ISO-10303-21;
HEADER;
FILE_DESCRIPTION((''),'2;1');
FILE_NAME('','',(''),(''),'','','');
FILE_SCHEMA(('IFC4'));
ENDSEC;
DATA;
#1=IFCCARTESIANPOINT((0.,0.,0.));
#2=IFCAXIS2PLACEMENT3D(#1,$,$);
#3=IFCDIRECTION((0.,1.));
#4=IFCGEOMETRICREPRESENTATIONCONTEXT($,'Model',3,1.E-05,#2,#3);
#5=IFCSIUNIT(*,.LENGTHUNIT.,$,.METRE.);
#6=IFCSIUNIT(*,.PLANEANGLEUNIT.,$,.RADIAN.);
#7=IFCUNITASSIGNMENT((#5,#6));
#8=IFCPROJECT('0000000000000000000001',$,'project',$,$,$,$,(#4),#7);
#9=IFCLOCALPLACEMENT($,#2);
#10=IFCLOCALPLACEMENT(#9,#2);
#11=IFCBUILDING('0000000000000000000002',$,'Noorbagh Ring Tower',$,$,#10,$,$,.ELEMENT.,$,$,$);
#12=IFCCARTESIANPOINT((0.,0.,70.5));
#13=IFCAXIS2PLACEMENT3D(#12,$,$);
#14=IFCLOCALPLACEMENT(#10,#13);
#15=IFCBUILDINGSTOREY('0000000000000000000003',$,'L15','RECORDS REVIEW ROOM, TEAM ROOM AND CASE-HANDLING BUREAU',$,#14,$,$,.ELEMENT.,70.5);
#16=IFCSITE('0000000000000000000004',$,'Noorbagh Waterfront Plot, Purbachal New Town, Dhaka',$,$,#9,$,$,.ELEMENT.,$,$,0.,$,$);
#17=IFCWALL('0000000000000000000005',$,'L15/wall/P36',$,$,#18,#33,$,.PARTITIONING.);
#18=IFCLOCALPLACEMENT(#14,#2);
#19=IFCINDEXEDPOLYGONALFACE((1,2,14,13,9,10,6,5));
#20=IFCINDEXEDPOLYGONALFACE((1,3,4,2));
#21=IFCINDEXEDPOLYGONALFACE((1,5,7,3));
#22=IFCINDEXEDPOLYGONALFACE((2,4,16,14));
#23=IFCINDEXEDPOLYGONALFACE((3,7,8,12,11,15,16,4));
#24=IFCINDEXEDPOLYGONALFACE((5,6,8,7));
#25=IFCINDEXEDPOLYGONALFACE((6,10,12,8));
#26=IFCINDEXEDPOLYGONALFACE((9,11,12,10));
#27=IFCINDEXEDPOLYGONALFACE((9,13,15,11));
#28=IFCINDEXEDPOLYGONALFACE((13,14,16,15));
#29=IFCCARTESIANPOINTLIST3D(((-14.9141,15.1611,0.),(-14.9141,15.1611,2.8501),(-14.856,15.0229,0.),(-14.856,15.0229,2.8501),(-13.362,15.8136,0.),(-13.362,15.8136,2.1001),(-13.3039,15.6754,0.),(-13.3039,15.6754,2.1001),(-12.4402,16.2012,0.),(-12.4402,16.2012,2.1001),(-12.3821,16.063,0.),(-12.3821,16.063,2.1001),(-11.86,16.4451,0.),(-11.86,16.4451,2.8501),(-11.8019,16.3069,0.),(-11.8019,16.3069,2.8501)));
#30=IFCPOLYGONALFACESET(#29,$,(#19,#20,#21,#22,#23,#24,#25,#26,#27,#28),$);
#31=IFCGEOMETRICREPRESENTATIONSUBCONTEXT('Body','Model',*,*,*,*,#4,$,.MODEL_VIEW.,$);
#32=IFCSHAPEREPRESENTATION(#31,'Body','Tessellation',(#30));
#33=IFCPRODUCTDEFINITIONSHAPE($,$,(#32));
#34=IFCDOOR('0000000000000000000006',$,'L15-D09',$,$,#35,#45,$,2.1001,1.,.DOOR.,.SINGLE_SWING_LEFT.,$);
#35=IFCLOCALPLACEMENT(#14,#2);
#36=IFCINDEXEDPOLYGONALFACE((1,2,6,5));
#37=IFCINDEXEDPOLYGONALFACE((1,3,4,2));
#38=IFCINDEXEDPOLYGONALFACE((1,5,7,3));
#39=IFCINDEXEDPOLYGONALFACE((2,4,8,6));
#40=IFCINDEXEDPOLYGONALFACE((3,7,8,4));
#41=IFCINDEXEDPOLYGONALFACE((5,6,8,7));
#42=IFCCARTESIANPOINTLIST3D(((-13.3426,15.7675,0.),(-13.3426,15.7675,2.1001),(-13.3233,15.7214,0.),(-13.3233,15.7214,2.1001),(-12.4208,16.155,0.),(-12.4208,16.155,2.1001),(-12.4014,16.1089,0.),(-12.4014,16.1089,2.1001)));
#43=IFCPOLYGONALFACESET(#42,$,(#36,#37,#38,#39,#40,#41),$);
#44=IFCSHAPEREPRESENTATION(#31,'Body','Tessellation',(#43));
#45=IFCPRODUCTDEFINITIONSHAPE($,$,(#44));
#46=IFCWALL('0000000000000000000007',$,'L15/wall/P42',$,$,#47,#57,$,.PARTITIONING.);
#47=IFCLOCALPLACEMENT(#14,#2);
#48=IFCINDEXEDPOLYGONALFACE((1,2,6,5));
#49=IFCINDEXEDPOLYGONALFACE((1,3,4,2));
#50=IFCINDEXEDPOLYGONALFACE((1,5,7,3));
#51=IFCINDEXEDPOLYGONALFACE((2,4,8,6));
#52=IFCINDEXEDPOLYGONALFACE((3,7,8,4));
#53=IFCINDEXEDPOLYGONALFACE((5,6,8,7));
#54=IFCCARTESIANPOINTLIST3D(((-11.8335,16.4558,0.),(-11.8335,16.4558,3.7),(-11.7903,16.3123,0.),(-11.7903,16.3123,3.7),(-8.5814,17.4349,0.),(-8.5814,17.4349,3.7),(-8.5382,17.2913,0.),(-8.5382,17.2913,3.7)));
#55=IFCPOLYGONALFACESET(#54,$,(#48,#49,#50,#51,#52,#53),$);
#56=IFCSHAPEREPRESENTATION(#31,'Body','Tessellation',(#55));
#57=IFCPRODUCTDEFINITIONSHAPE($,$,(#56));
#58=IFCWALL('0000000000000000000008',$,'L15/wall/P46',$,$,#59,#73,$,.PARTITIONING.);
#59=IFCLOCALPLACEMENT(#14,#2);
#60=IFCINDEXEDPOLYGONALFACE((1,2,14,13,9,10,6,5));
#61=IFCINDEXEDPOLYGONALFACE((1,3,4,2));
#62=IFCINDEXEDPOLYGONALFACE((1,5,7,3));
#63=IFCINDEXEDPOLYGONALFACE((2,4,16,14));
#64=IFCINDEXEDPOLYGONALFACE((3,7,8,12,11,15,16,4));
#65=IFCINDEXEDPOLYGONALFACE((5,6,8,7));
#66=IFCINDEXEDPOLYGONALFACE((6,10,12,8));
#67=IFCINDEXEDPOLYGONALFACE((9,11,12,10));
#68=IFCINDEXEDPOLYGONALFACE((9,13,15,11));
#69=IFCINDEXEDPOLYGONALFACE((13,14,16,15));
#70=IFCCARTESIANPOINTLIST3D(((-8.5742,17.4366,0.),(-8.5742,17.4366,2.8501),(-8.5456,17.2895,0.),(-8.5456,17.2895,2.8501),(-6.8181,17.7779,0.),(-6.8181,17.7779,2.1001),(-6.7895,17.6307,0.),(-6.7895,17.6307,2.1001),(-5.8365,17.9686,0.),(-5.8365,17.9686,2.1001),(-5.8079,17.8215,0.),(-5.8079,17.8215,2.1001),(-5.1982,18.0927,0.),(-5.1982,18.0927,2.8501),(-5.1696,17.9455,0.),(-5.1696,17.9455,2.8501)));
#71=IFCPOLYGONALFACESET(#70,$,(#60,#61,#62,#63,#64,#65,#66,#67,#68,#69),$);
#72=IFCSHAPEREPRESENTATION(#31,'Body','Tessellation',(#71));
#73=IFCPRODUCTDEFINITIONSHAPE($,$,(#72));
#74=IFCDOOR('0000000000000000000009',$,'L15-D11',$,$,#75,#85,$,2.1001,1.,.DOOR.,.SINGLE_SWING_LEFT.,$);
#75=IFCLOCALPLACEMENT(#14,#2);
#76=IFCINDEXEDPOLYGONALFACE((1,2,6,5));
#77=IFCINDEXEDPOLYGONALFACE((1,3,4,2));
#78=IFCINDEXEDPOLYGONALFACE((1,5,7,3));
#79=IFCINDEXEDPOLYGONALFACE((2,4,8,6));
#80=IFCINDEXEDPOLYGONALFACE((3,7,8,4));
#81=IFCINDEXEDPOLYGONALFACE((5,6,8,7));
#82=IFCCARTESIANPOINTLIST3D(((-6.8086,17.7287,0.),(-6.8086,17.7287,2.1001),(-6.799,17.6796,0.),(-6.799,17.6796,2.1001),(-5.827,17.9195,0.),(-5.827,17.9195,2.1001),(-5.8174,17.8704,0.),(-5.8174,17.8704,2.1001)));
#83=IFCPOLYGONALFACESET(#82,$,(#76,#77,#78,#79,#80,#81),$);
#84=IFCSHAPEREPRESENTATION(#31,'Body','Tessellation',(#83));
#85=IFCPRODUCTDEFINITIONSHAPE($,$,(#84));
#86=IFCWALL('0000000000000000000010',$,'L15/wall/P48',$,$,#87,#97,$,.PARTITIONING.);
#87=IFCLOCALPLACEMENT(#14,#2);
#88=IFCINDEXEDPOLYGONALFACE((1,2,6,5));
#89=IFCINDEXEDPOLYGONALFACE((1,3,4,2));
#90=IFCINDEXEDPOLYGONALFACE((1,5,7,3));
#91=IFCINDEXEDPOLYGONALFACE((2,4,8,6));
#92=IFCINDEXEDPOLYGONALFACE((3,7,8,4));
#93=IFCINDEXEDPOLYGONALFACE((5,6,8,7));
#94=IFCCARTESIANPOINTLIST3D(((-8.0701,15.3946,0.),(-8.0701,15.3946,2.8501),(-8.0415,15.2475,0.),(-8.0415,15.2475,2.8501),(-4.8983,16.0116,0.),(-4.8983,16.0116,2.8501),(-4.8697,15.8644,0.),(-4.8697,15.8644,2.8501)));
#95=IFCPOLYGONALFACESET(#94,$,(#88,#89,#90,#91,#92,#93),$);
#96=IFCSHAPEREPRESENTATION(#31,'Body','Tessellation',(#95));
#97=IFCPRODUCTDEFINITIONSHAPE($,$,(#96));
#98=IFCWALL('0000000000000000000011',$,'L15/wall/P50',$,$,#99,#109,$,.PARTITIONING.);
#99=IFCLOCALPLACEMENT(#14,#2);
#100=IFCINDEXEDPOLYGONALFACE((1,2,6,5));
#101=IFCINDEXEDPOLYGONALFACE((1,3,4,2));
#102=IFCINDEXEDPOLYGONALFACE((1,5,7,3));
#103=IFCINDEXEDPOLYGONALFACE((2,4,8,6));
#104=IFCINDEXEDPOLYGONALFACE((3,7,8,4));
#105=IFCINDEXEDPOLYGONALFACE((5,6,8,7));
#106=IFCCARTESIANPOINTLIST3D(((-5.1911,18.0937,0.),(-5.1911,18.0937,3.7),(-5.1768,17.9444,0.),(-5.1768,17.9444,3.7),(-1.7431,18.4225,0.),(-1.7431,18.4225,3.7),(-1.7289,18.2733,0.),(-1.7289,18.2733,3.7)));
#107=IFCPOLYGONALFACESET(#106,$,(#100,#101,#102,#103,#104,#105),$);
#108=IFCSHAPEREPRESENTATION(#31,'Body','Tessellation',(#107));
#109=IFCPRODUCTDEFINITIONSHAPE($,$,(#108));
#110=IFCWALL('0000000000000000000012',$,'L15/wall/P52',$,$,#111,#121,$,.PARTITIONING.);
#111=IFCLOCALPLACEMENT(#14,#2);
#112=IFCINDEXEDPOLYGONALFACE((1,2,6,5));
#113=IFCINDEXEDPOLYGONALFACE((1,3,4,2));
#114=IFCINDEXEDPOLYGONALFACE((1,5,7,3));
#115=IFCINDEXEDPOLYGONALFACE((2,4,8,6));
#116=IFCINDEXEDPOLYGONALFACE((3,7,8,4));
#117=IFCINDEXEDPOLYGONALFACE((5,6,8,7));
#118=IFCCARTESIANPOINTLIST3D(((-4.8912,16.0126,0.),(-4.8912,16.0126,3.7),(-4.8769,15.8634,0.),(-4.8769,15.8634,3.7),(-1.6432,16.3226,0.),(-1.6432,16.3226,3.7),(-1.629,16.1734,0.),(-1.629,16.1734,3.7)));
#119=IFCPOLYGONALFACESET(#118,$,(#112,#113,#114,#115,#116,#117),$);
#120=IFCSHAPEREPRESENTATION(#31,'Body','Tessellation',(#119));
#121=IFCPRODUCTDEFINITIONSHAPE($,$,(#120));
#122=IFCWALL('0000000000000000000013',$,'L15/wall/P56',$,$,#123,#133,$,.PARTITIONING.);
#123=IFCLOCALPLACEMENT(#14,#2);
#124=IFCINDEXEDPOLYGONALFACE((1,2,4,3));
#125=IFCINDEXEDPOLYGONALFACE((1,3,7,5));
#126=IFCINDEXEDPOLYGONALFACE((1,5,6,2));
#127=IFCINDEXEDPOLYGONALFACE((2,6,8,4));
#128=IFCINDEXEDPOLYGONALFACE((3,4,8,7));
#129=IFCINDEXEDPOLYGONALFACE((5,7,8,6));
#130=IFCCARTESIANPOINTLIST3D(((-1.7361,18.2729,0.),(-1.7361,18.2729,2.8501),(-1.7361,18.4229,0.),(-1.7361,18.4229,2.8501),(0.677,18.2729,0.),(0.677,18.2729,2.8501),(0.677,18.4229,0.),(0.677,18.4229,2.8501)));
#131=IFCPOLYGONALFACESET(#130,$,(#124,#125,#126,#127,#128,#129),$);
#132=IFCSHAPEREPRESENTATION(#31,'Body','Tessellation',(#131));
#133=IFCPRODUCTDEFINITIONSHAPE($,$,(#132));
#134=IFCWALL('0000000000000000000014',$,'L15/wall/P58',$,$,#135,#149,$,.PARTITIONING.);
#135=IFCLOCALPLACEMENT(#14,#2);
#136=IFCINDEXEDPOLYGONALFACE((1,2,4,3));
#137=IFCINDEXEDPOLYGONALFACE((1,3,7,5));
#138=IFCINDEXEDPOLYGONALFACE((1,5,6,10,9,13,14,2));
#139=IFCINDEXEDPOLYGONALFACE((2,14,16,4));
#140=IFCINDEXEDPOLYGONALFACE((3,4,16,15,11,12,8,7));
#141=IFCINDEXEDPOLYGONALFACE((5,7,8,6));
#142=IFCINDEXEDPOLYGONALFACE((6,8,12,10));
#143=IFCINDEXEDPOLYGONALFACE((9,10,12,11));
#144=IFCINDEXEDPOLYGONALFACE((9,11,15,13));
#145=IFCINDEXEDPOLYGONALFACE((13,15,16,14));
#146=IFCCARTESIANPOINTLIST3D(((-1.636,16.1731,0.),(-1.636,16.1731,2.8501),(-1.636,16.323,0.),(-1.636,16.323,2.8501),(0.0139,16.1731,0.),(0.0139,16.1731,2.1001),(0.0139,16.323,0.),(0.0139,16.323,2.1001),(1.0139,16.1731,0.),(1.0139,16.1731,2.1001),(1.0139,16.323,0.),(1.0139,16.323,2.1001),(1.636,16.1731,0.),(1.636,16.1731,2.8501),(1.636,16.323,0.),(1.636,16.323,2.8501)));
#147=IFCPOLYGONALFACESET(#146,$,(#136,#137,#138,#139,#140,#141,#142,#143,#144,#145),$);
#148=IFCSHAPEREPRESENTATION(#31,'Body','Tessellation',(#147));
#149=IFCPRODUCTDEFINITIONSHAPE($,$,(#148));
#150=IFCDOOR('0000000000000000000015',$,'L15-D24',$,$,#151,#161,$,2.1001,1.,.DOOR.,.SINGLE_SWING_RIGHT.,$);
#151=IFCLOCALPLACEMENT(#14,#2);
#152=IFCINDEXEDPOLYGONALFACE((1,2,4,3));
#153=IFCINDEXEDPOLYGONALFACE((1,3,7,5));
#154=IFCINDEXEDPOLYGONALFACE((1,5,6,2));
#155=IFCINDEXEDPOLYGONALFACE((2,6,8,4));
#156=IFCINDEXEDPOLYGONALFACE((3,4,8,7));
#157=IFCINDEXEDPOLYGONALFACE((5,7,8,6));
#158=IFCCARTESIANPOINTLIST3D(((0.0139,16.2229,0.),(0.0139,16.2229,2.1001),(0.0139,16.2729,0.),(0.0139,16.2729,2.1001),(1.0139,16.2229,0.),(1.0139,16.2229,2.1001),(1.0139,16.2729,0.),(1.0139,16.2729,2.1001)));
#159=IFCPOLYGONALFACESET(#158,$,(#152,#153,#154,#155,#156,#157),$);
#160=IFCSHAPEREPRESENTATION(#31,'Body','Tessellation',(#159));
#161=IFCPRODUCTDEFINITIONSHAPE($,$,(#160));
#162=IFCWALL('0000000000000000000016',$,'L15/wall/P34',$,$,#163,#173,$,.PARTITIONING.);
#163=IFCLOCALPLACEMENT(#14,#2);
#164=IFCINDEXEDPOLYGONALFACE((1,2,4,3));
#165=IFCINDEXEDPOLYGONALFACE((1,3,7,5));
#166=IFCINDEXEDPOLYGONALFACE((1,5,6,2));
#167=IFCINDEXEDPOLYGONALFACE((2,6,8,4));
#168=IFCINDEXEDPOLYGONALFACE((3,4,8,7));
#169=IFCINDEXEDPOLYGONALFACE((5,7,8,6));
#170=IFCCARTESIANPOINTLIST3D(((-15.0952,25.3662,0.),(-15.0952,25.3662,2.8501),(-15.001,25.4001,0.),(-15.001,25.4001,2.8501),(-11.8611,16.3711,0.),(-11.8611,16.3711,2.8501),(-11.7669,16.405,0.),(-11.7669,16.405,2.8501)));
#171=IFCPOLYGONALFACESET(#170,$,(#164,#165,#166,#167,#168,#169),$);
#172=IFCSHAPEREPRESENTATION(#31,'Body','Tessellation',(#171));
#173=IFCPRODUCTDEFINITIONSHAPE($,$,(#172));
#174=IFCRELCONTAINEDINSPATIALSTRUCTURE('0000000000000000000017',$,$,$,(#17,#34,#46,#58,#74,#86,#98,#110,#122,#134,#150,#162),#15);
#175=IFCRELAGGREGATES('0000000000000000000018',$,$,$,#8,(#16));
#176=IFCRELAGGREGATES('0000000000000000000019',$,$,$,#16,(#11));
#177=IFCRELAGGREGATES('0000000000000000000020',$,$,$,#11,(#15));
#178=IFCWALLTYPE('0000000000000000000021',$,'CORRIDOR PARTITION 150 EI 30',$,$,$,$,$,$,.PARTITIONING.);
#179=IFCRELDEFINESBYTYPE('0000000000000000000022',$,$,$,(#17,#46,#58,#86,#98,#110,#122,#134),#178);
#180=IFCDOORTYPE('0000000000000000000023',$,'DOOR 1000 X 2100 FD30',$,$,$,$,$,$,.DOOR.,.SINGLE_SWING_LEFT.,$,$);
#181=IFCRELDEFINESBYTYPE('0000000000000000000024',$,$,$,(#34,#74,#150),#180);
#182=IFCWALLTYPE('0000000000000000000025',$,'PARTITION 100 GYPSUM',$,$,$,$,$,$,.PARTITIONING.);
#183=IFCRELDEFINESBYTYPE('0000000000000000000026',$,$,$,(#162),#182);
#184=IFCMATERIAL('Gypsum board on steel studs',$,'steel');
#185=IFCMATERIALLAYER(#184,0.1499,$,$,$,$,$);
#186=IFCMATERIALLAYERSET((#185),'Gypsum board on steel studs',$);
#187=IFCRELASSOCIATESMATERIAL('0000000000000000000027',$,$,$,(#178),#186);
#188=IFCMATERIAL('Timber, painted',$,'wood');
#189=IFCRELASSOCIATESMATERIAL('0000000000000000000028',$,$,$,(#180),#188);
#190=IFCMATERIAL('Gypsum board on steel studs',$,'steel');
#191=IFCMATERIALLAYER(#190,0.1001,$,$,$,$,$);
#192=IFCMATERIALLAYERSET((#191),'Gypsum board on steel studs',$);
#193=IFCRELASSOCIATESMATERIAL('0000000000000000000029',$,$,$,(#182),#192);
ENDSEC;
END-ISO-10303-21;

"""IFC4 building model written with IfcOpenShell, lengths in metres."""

from ifc_helpers import new_model, si_unit, direction, frame, frame_2d, origin, place, context, subcontext, project, spatial, rectangle, extrude, material, layer, layer_set, type_object, element, fill, save


model = new_model("IFC4")

# Units and contexts
model_context = context("Model", 3, precision=1e-05, world=origin(), true_north=direction((0.0, 1.0)))
body_context = subcontext(model_context, "Body", "Model", "MODEL_VIEW")
ifc_project = project(units=[si_unit("LENGTHUNIT", "METRE"), si_unit("PLANEANGLEUNIT", "RADIAN")], contexts=[model_context])

# Site, building, storey
site_placement = place(None, origin())
site = spatial("IfcSite", under=ifc_project, at=site_placement, Name="Noorbagh Waterfront Plot, Purbachal New Town, Dhaka", CompositionType="ELEMENT", RefElevation=0.0)
building_placement = place(site_placement, origin())
building = spatial("IfcBuilding", under=site, at=building_placement, Name="Noorbagh Ring Tower", CompositionType="ELEMENT")
storey_placement = place(building_placement, frame((0.0, 0.0, 70.5)))
storey = spatial("IfcBuildingStorey", under=building, at=storey_placement, Name="L15", Description="RECORDS REVIEW ROOM, TEAM ROOM AND CASE-HANDLING BUREAU", CompositionType="ELEMENT", Elevation=70.5)

# Wall, opening, door
ifc_material_1 = material(Name="Gypsum board on steel studs", Category="steel")
ifc_layer_1 = layer(ifc_material_1, 0.1499)
ifc_layer_set_1 = layer_set([ifc_layer_1], Name="Gypsum board on steel studs")
wall_type_1 = type_object("IfcWallType", Name="CORRIDOR PARTITION 150 EI 30", PredefinedType="PARTITIONING", material=ifc_layer_set_1)
wall_1_placement = place(storey_placement, frame((-14.885, 15.092, 0.0), z_axis=(0.0, 0.0, 1.0), x_axis=(0.921845, 0.387559, 0.0)))
wall_1 = element("IfcWall", 1, at=wall_1_placement, inside=storey, type_object=wall_type_1, Name="L15/wall/P36", PredefinedType="PARTITIONING", context=body_context, shape_type="SweptSolid", body=[
    extrude(rectangle(XDim=3.313, YDim=0.1499, at=frame_2d((1.6565, 0.0))), origin(), (0.0, 0.0, 1.0), 2.8501),
])
opening_1_placement = place(wall_1_placement, frame((1.6836, 0.0, 0.0)))
opening_1 = element("IfcOpeningElement", 2, at=opening_1_placement, cuts=wall_1, PredefinedType="OPENING", context=body_context, shape_type="SweptSolid", body=[
    extrude(rectangle(XDim=1.0, YDim=2.1001, at=frame_2d((0.5, 1.05))), frame((0.0, 0.085, 0.0), z_axis=(0.0, -1.0, 0.0), x_axis=(1.0, 0.0, 0.0)), (0.0, 0.0, 1.0), 0.1699),
])
ifc_material_2 = material(Name="Timber, painted", Category="wood")
door_type = type_object("IfcDoorType", Name="DOOR 1000 X 2100 FD30", OperationType="SINGLE_SWING_LEFT", PredefinedType="DOOR", material=ifc_material_2)
door_1_placement = place(opening_1_placement, origin())
door_1 = element("IfcDoor", 3, at=door_1_placement, inside=storey, type_object=door_type, Name="L15-D09", OperationType="SINGLE_SWING_LEFT", OverallHeight=2.1001, OverallWidth=1.0, PredefinedType="DOOR", context=body_context, shape_type="SweptSolid", body=[
    extrude(rectangle(XDim=1.0, YDim=2.1001, at=frame_2d((0.5, 1.05))), frame((0.0, 0.0249, 0.0), z_axis=(0.0, -1.0, 0.0), x_axis=(1.0, 0.0, 0.0)), (0.0, 0.0, 1.0), 0.05),
])
fill(opening_1, door_1)

# Wall
wall_2_placement = place(storey_placement, frame((-11.812, 16.384, 0.0), z_axis=(0.0, 0.0, 1.0), x_axis=(0.957549, 0.288271, 0.0)))
element("IfcWall", 4, at=wall_2_placement, inside=storey, type_object=wall_type_1, Name="L15/wall/P42", PredefinedType="PARTITIONING", context=body_context, shape_type="SweptSolid", body=[
    extrude(rectangle(XDim=3.3962, YDim=0.1499, at=frame_2d((1.6982, 0.0))), origin(), (0.0, 0.0, 1.0), 3.7),
])

# Wall, opening, door
wall_3_placement = place(storey_placement, frame((-8.5601, 17.363, 0.0), z_axis=(0.0, 0.0, 1.0), x_axis=(0.981639, 0.190748, 0.0)))
wall_3 = element("IfcWall", 5, at=wall_3_placement, inside=storey, type_object=wall_type_1, Name="L15/wall/P46", PredefinedType="PARTITIONING", context=body_context, shape_type="SweptSolid", body=[
    extrude(rectangle(XDim=3.4392, YDim=0.1499, at=frame_2d((1.7197, 0.0))), origin(), (0.0, 0.0, 1.0), 2.8501),
])
opening_2_placement = place(wall_3_placement, frame((1.7891, 0.0, 0.0)))
opening_2 = element("IfcOpeningElement", 6, at=opening_2_placement, cuts=wall_3, PredefinedType="OPENING", context=body_context, shape_type="SweptSolid", body=[
    extrude(rectangle(XDim=1.0, YDim=2.1001, at=frame_2d((0.5, 1.05))), frame((0.0, 0.085, 0.0), z_axis=(0.0, -1.0, 0.0), x_axis=(1.0, 0.0, 0.0)), (0.0, 0.0, 1.0), 0.1699),
])
door_2_placement = place(opening_2_placement, origin())
door_2 = element("IfcDoor", 7, at=door_2_placement, inside=storey, type_object=door_type, Name="L15-D11", OperationType="SINGLE_SWING_LEFT", OverallHeight=2.1001, OverallWidth=1.0, PredefinedType="DOOR", context=body_context, shape_type="SweptSolid", body=[
    extrude(rectangle(XDim=1.0, YDim=2.1001, at=frame_2d((0.5, 1.05))), frame((0.0, 0.0249, 0.0), z_axis=(0.0, -1.0, 0.0), x_axis=(1.0, 0.0, 0.0)), (0.0, 0.0, 1.0), 0.05),
])
fill(opening_2, door_2)

# Walls
wall_4_placement = place(storey_placement, frame((-8.0559, 15.321, 0.0), z_axis=(0.0, 0.0, 1.0), x_axis=(0.981604, 0.190926, 0.0)))
element("IfcWall", 8, at=wall_4_placement, inside=storey, type_object=wall_type_1, Name="L15/wall/P48", PredefinedType="PARTITIONING", context=body_context, shape_type="SweptSolid", body=[
    extrude(rectangle(XDim=3.2312, YDim=0.1499, at=frame_2d((1.6157, 0.0))), origin(), (0.0, 0.0, 1.0), 2.8501),
])
wall_5_placement = place(storey_placement, frame((-5.1841, 18.019, 0.0), z_axis=(0.0, 0.0, 1.0), x_axis=(0.995482, 0.094945, 0.0)))
element("IfcWall", 9, at=wall_5_placement, inside=storey, type_object=wall_type_1, Name="L15/wall/P50", PredefinedType="PARTITIONING", context=body_context, shape_type="SweptSolid", body=[
    extrude(rectangle(XDim=3.4636, YDim=0.1499, at=frame_2d((1.7319, 0.0))), origin(), (0.0, 0.0, 1.0), 3.7),
])
wall_6_placement = place(storey_placement, frame((-4.884, 15.938, 0.0), z_axis=(0.0, 0.0, 1.0), x_axis=(0.995475, 0.095028, 0.0)))
element("IfcWall", 10, at=wall_6_placement, inside=storey, type_object=wall_type_1, Name="L15/wall/P52", PredefinedType="PARTITIONING", context=body_context, shape_type="SweptSolid", body=[
    extrude(rectangle(XDim=3.2627, YDim=0.1499, at=frame_2d((1.6313, 0.0))), origin(), (0.0, 0.0, 1.0), 3.7),
])
wall_7_placement = place(storey_placement, frame((-1.7361, 18.3479, 0.0), z_axis=(0.0, 0.0, 1.0), x_axis=(1.0, 0.0, 0.0)))
element("IfcWall", 11, at=wall_7_placement, inside=storey, type_object=wall_type_1, Name="L15/wall/P56", PredefinedType="PARTITIONING", context=body_context, shape_type="SweptSolid", body=[
    extrude(rectangle(XDim=2.4131, YDim=0.1499, at=frame_2d((1.2065, 0.0))), origin(), (0.0, 0.0, 1.0), 2.8501),
])

# Wall, opening, door
wall_8_placement = place(storey_placement, frame((-1.636, 16.248, 0.0), z_axis=(0.0, 0.0, 1.0), x_axis=(1.0, 0.0, 0.0)))
wall_8 = element("IfcWall", 12, at=wall_8_placement, inside=storey, type_object=wall_type_1, Name="L15/wall/P58", PredefinedType="PARTITIONING", context=body_context, shape_type="SweptSolid", body=[
    extrude(rectangle(XDim=3.272, YDim=0.1499, at=frame_2d((1.636, 0.0))), origin(), (0.0, 0.0, 1.0), 2.8501),
])
opening_3_placement = place(wall_8_placement, frame((1.6499, 0.0, 0.0)))
opening_3 = element("IfcOpeningElement", 13, at=opening_3_placement, cuts=wall_8, PredefinedType="OPENING", context=body_context, shape_type="SweptSolid", body=[
    extrude(rectangle(XDim=1.0, YDim=2.1001, at=frame_2d((0.5, 1.05))), frame((0.0, 0.085, 0.0), z_axis=(0.0, -1.0, 0.0), x_axis=(1.0, 0.0, 0.0)), (0.0, 0.0, 1.0), 0.1699),
])
door_3_placement = place(opening_3_placement, origin())
door_3 = element("IfcDoor", 14, at=door_3_placement, inside=storey, type_object=door_type, Name="L15-D24", OperationType="SINGLE_SWING_RIGHT", OverallHeight=2.1001, OverallWidth=1.0, PredefinedType="DOOR", context=body_context, shape_type="SweptSolid", body=[
    extrude(rectangle(XDim=1.0, YDim=2.1001, at=frame_2d((0.5, 1.05))), frame((0.0, 0.0249, 0.0), z_axis=(0.0, -1.0, 0.0), x_axis=(1.0, 0.0, 0.0)), (0.0, 0.0, 1.0), 0.05),
])
fill(opening_3, door_3)

# Wall
ifc_material_3 = material(Name="Gypsum board on steel studs", Category="steel")
ifc_layer_2 = layer(ifc_material_3, 0.1001)
ifc_layer_set_2 = layer_set([ifc_layer_2], Name="Gypsum board on steel studs")
wall_type_2 = type_object("IfcWallType", Name="PARTITION 100 GYPSUM", PredefinedType="PARTITIONING", material=ifc_layer_set_2)
wall_9_placement = place(storey_placement, frame((-15.0481, 25.3831, 0.0), z_axis=(0.0, 0.0, 1.0), x_axis=(0.338339, -0.941024, 0.0)))
element("IfcWall", 15, at=wall_9_placement, inside=storey, type_object=wall_type_2, Name="L15/wall/P34", PredefinedType="PARTITIONING", context=body_context, shape_type="SweptSolid", body=[
    extrude(rectangle(XDim=9.5588, YDim=0.1001, at=frame_2d((4.7793, 0.0))), origin(), (0.0, 0.0, 1.0), 2.8501),
])

save(model, "model.ifc")
